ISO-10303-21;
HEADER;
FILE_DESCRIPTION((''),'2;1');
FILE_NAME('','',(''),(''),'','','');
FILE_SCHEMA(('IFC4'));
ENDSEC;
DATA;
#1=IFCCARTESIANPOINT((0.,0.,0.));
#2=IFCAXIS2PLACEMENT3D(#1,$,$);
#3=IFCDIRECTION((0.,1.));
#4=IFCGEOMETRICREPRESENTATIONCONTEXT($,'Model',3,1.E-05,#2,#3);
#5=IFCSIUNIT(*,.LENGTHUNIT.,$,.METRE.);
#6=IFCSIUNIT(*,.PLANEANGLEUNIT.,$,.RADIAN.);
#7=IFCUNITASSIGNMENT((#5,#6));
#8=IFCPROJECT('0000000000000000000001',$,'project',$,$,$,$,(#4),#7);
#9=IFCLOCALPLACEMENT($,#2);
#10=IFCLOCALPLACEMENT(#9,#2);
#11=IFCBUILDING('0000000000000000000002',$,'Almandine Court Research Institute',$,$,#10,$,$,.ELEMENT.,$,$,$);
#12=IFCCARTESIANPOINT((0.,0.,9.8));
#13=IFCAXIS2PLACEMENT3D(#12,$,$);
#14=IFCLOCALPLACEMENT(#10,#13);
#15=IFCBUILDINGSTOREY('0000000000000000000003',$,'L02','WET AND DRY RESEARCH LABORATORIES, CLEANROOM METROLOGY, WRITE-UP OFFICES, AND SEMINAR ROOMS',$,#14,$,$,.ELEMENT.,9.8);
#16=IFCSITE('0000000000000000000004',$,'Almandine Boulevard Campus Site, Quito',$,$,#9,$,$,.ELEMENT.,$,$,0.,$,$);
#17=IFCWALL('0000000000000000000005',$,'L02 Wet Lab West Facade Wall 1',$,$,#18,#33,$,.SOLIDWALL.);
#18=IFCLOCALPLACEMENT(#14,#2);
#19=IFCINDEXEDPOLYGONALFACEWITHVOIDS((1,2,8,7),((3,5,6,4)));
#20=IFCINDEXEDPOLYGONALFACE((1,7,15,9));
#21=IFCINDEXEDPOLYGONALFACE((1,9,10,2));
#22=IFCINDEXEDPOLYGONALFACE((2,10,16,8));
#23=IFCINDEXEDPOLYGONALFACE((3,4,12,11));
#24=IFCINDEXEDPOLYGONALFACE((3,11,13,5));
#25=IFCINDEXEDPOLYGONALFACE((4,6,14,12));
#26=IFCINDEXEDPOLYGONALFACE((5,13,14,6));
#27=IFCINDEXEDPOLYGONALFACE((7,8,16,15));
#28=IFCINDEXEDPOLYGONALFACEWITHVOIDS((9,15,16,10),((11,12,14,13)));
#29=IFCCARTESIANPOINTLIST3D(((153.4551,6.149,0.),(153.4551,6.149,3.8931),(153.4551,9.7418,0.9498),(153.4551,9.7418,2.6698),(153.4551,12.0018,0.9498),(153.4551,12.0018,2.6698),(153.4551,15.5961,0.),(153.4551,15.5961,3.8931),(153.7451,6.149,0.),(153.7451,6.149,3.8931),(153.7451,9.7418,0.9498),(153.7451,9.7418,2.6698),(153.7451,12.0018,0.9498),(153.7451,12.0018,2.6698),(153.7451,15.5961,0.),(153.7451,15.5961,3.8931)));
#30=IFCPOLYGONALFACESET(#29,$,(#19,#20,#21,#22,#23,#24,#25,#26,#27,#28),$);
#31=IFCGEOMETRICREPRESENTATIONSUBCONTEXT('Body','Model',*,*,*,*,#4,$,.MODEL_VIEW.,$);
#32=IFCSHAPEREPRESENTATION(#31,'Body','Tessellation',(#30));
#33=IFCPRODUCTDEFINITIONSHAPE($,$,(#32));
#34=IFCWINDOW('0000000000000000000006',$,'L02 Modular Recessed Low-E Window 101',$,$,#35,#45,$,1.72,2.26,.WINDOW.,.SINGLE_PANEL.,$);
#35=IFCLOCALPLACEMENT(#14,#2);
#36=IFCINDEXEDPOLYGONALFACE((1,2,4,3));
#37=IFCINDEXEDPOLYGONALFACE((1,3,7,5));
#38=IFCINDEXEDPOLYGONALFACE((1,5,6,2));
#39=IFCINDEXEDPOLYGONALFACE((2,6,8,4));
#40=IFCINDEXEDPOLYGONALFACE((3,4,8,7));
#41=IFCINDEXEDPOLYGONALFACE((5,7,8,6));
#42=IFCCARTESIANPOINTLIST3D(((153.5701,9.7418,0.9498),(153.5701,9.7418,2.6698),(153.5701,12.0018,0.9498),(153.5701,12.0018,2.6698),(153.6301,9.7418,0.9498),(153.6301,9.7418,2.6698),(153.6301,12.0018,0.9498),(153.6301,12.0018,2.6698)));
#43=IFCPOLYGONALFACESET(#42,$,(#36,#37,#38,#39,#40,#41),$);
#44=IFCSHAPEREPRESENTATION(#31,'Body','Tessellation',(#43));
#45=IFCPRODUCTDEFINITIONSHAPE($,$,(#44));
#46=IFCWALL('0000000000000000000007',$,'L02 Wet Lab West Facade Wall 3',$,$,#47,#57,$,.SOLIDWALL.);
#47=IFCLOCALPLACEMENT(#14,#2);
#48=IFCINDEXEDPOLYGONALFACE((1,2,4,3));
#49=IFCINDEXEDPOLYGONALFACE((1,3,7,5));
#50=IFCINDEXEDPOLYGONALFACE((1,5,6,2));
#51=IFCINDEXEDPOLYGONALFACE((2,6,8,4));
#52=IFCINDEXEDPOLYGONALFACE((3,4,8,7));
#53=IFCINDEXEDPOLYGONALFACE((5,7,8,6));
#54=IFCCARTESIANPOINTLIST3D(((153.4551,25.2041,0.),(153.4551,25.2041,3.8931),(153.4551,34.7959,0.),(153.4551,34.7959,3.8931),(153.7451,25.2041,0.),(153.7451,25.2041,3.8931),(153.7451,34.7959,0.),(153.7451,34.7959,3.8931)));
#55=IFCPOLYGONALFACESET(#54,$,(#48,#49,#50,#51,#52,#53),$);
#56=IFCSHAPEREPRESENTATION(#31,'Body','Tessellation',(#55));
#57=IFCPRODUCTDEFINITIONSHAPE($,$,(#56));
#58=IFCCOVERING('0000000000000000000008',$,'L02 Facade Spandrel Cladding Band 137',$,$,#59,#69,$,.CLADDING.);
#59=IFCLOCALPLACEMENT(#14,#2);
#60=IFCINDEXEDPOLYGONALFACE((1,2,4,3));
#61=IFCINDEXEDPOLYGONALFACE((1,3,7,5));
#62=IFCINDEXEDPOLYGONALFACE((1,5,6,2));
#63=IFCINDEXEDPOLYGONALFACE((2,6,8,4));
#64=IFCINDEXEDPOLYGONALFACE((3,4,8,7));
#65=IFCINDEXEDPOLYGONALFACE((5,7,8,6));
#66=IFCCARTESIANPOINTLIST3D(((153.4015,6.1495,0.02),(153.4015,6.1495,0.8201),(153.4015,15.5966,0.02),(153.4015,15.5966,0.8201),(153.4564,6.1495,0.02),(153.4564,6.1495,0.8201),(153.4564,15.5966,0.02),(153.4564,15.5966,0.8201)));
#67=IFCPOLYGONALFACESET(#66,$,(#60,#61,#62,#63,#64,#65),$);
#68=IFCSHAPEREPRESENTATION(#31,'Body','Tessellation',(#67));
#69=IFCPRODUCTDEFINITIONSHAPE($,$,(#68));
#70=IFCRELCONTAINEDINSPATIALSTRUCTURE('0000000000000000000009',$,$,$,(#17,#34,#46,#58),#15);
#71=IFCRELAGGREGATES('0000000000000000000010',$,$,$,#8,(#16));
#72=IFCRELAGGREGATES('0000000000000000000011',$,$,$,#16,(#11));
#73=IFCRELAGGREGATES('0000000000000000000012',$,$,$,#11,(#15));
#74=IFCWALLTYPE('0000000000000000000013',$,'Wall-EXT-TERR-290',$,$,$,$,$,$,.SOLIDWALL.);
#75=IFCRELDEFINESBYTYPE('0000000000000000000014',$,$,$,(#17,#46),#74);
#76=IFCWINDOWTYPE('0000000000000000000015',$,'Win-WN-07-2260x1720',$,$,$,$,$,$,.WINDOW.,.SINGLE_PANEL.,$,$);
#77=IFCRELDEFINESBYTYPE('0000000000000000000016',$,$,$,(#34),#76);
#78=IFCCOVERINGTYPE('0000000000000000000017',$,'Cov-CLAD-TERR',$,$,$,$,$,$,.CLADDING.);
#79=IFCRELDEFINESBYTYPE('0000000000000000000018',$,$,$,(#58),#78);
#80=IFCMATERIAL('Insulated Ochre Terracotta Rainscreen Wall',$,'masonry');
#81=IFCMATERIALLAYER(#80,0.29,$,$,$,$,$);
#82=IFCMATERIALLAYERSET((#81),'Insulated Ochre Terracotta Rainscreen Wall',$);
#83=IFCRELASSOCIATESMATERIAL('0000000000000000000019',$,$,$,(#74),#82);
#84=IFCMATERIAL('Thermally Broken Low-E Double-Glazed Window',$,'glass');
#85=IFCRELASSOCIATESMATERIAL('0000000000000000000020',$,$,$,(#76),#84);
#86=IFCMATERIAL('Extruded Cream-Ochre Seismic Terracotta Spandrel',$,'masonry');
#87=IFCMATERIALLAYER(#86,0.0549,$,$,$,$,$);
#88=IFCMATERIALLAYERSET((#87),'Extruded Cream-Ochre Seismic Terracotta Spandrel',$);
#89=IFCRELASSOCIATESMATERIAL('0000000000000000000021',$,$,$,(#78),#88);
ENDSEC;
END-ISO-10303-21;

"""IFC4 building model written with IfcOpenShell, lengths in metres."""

from ifc_helpers import new_model, si_unit, direction, frame, frame_2d, origin, origin_2d, place, context, subcontext, project, spatial, rectangle, extrude, material, layer, layer_set, type_object, element, fill, save


model = new_model("IFC4")

# Units and contexts
model_context = context("Model", 3, precision=1e-05, world=origin(), true_north=direction((0.0, 1.0)))
body_context = subcontext(model_context, "Body", "Model", "MODEL_VIEW")
ifc_project = project(units=[si_unit("LENGTHUNIT", "METRE"), si_unit("PLANEANGLEUNIT", "RADIAN")], contexts=[model_context])

# Site, building, storey
site_placement = place(None, origin())
site = spatial("IfcSite", under=ifc_project, at=site_placement, Name="Almandine Boulevard Campus Site, Quito", CompositionType="ELEMENT", RefElevation=0.0)
building_placement = place(site_placement, origin())
building = spatial("IfcBuilding", under=site, at=building_placement, Name="Almandine Court Research Institute", CompositionType="ELEMENT")
storey_placement = place(building_placement, frame((0.0, 0.0, 9.8)))
storey = spatial("IfcBuildingStorey", under=building, at=storey_placement, Name="L02", Description="WET AND DRY RESEARCH LABORATORIES, CLEANROOM METROLOGY, WRITE-UP OFFICES, AND SEMINAR ROOMS", CompositionType="ELEMENT", Elevation=9.8)

# Wall, opening, window
ifc_material_1 = material(Name="Insulated Ochre Terracotta Rainscreen Wall", Category="masonry")
ifc_layer_1 = layer(ifc_material_1, 0.29)
ifc_layer_set_1 = layer_set([ifc_layer_1], Name="Insulated Ochre Terracotta Rainscreen Wall")
wall_type = type_object("IfcWallType", Name="Wall-EXT-TERR-290", PredefinedType="SOLIDWALL", material=ifc_layer_set_1)
wall_1_placement = place(storey_placement, frame((153.6001, 6.1489, 0.0), z_axis=(0.0, 0.0, 1.0), x_axis=(0.0, 1.0, 0.0)))
wall_1 = element("IfcWall", 1, at=wall_1_placement, inside=storey, type_object=wall_type, Name="L02 Wet Lab West Facade Wall 1", PredefinedType="SOLIDWALL", context=body_context, shape_type="SweptSolid", body=[
    extrude(rectangle(XDim=9.447, YDim=0.29, at=frame_2d((4.7236, 0.0))), origin(), (0.0, 0.0, 1.0), 3.8931),
])
opening_placement = place(wall_1_placement, frame((3.593, 0.0, 0.95)))
opening = element("IfcOpeningElement", 2, at=opening_placement, cuts=wall_1, PredefinedType="OPENING", context=body_context, shape_type="SweptSolid", body=[
    extrude(rectangle(XDim=2.26, YDim=1.72, at=frame_2d((1.1299, 0.8599))), frame((0.0, 0.155, 0.0), z_axis=(0.0, -1.0, 0.0), x_axis=(1.0, 0.0, 0.0)), (0.0, 0.0, 1.0), 0.3101),
])
ifc_material_2 = material(Name="Thermally Broken Low-E Double-Glazed Window", Category="glass")
window_type = type_object("IfcWindowType", Name="Win-WN-07-2260x1720", PartitioningType="SINGLE_PANEL", PredefinedType="WINDOW", material=ifc_material_2)
window_placement = place(opening_placement, origin())
window = element("IfcWindow", 3, at=window_placement, inside=storey, type_object=window_type, Name="L02 Modular Recessed Low-E Window 101", OverallHeight=1.72, OverallWidth=2.26, PartitioningType="SINGLE_PANEL", PredefinedType="WINDOW", context=body_context, shape_type="SweptSolid", body=[
    extrude(rectangle(XDim=2.26, YDim=1.72, at=frame_2d((1.1299, 0.8599))), frame((0.0, 0.03, 0.0), z_axis=(0.0, -1.0, 0.0), x_axis=(1.0, 0.0, 0.0)), (0.0, 0.0, 1.0), 0.0601),
])
fill(opening, window)

# Wall
wall_2_placement = place(storey_placement, frame((153.6001, 25.2041, 0.0), z_axis=(0.0, 0.0, 1.0), x_axis=(0.0, 1.0, 0.0)))
element("IfcWall", 4, at=wall_2_placement, inside=storey, type_object=wall_type, Name="L02 Wet Lab West Facade Wall 3", PredefinedType="SOLIDWALL", context=body_context, shape_type="SweptSolid", body=[
    extrude(rectangle(XDim=9.5918, YDim=0.29, at=frame_2d((4.7959, 0.0))), origin(), (0.0, 0.0, 1.0), 3.8931),
])

# Covering
ifc_material_3 = material(Name="Extruded Cream-Ochre Seismic Terracotta Spandrel", Category="masonry")
ifc_layer_2 = layer(ifc_material_3, 0.0549)
ifc_layer_set_2 = layer_set([ifc_layer_2], Name="Extruded Cream-Ochre Seismic Terracotta Spandrel")
covering_type = type_object("IfcCoveringType", Name="Cov-CLAD-TERR", PredefinedType="CLADDING", material=ifc_layer_set_2)
covering_placement = place(storey_placement, frame((153.429, 10.873, 0.02), z_axis=(0.0, 0.0, 1.0), x_axis=(0.0, 1.0, 0.0)))
element("IfcCovering", 5, at=covering_placement, inside=storey, type_object=covering_type, Name="L02 Facade Spandrel Cladding Band 137", PredefinedType="CLADDING", context=body_context, shape_type="SweptSolid", body=[
    extrude(rectangle(XDim=9.447, YDim=0.0549, at=origin_2d()), origin(), (0.0, 0.0, 1.0), 0.8),
])

save(model, "model.ifc")
